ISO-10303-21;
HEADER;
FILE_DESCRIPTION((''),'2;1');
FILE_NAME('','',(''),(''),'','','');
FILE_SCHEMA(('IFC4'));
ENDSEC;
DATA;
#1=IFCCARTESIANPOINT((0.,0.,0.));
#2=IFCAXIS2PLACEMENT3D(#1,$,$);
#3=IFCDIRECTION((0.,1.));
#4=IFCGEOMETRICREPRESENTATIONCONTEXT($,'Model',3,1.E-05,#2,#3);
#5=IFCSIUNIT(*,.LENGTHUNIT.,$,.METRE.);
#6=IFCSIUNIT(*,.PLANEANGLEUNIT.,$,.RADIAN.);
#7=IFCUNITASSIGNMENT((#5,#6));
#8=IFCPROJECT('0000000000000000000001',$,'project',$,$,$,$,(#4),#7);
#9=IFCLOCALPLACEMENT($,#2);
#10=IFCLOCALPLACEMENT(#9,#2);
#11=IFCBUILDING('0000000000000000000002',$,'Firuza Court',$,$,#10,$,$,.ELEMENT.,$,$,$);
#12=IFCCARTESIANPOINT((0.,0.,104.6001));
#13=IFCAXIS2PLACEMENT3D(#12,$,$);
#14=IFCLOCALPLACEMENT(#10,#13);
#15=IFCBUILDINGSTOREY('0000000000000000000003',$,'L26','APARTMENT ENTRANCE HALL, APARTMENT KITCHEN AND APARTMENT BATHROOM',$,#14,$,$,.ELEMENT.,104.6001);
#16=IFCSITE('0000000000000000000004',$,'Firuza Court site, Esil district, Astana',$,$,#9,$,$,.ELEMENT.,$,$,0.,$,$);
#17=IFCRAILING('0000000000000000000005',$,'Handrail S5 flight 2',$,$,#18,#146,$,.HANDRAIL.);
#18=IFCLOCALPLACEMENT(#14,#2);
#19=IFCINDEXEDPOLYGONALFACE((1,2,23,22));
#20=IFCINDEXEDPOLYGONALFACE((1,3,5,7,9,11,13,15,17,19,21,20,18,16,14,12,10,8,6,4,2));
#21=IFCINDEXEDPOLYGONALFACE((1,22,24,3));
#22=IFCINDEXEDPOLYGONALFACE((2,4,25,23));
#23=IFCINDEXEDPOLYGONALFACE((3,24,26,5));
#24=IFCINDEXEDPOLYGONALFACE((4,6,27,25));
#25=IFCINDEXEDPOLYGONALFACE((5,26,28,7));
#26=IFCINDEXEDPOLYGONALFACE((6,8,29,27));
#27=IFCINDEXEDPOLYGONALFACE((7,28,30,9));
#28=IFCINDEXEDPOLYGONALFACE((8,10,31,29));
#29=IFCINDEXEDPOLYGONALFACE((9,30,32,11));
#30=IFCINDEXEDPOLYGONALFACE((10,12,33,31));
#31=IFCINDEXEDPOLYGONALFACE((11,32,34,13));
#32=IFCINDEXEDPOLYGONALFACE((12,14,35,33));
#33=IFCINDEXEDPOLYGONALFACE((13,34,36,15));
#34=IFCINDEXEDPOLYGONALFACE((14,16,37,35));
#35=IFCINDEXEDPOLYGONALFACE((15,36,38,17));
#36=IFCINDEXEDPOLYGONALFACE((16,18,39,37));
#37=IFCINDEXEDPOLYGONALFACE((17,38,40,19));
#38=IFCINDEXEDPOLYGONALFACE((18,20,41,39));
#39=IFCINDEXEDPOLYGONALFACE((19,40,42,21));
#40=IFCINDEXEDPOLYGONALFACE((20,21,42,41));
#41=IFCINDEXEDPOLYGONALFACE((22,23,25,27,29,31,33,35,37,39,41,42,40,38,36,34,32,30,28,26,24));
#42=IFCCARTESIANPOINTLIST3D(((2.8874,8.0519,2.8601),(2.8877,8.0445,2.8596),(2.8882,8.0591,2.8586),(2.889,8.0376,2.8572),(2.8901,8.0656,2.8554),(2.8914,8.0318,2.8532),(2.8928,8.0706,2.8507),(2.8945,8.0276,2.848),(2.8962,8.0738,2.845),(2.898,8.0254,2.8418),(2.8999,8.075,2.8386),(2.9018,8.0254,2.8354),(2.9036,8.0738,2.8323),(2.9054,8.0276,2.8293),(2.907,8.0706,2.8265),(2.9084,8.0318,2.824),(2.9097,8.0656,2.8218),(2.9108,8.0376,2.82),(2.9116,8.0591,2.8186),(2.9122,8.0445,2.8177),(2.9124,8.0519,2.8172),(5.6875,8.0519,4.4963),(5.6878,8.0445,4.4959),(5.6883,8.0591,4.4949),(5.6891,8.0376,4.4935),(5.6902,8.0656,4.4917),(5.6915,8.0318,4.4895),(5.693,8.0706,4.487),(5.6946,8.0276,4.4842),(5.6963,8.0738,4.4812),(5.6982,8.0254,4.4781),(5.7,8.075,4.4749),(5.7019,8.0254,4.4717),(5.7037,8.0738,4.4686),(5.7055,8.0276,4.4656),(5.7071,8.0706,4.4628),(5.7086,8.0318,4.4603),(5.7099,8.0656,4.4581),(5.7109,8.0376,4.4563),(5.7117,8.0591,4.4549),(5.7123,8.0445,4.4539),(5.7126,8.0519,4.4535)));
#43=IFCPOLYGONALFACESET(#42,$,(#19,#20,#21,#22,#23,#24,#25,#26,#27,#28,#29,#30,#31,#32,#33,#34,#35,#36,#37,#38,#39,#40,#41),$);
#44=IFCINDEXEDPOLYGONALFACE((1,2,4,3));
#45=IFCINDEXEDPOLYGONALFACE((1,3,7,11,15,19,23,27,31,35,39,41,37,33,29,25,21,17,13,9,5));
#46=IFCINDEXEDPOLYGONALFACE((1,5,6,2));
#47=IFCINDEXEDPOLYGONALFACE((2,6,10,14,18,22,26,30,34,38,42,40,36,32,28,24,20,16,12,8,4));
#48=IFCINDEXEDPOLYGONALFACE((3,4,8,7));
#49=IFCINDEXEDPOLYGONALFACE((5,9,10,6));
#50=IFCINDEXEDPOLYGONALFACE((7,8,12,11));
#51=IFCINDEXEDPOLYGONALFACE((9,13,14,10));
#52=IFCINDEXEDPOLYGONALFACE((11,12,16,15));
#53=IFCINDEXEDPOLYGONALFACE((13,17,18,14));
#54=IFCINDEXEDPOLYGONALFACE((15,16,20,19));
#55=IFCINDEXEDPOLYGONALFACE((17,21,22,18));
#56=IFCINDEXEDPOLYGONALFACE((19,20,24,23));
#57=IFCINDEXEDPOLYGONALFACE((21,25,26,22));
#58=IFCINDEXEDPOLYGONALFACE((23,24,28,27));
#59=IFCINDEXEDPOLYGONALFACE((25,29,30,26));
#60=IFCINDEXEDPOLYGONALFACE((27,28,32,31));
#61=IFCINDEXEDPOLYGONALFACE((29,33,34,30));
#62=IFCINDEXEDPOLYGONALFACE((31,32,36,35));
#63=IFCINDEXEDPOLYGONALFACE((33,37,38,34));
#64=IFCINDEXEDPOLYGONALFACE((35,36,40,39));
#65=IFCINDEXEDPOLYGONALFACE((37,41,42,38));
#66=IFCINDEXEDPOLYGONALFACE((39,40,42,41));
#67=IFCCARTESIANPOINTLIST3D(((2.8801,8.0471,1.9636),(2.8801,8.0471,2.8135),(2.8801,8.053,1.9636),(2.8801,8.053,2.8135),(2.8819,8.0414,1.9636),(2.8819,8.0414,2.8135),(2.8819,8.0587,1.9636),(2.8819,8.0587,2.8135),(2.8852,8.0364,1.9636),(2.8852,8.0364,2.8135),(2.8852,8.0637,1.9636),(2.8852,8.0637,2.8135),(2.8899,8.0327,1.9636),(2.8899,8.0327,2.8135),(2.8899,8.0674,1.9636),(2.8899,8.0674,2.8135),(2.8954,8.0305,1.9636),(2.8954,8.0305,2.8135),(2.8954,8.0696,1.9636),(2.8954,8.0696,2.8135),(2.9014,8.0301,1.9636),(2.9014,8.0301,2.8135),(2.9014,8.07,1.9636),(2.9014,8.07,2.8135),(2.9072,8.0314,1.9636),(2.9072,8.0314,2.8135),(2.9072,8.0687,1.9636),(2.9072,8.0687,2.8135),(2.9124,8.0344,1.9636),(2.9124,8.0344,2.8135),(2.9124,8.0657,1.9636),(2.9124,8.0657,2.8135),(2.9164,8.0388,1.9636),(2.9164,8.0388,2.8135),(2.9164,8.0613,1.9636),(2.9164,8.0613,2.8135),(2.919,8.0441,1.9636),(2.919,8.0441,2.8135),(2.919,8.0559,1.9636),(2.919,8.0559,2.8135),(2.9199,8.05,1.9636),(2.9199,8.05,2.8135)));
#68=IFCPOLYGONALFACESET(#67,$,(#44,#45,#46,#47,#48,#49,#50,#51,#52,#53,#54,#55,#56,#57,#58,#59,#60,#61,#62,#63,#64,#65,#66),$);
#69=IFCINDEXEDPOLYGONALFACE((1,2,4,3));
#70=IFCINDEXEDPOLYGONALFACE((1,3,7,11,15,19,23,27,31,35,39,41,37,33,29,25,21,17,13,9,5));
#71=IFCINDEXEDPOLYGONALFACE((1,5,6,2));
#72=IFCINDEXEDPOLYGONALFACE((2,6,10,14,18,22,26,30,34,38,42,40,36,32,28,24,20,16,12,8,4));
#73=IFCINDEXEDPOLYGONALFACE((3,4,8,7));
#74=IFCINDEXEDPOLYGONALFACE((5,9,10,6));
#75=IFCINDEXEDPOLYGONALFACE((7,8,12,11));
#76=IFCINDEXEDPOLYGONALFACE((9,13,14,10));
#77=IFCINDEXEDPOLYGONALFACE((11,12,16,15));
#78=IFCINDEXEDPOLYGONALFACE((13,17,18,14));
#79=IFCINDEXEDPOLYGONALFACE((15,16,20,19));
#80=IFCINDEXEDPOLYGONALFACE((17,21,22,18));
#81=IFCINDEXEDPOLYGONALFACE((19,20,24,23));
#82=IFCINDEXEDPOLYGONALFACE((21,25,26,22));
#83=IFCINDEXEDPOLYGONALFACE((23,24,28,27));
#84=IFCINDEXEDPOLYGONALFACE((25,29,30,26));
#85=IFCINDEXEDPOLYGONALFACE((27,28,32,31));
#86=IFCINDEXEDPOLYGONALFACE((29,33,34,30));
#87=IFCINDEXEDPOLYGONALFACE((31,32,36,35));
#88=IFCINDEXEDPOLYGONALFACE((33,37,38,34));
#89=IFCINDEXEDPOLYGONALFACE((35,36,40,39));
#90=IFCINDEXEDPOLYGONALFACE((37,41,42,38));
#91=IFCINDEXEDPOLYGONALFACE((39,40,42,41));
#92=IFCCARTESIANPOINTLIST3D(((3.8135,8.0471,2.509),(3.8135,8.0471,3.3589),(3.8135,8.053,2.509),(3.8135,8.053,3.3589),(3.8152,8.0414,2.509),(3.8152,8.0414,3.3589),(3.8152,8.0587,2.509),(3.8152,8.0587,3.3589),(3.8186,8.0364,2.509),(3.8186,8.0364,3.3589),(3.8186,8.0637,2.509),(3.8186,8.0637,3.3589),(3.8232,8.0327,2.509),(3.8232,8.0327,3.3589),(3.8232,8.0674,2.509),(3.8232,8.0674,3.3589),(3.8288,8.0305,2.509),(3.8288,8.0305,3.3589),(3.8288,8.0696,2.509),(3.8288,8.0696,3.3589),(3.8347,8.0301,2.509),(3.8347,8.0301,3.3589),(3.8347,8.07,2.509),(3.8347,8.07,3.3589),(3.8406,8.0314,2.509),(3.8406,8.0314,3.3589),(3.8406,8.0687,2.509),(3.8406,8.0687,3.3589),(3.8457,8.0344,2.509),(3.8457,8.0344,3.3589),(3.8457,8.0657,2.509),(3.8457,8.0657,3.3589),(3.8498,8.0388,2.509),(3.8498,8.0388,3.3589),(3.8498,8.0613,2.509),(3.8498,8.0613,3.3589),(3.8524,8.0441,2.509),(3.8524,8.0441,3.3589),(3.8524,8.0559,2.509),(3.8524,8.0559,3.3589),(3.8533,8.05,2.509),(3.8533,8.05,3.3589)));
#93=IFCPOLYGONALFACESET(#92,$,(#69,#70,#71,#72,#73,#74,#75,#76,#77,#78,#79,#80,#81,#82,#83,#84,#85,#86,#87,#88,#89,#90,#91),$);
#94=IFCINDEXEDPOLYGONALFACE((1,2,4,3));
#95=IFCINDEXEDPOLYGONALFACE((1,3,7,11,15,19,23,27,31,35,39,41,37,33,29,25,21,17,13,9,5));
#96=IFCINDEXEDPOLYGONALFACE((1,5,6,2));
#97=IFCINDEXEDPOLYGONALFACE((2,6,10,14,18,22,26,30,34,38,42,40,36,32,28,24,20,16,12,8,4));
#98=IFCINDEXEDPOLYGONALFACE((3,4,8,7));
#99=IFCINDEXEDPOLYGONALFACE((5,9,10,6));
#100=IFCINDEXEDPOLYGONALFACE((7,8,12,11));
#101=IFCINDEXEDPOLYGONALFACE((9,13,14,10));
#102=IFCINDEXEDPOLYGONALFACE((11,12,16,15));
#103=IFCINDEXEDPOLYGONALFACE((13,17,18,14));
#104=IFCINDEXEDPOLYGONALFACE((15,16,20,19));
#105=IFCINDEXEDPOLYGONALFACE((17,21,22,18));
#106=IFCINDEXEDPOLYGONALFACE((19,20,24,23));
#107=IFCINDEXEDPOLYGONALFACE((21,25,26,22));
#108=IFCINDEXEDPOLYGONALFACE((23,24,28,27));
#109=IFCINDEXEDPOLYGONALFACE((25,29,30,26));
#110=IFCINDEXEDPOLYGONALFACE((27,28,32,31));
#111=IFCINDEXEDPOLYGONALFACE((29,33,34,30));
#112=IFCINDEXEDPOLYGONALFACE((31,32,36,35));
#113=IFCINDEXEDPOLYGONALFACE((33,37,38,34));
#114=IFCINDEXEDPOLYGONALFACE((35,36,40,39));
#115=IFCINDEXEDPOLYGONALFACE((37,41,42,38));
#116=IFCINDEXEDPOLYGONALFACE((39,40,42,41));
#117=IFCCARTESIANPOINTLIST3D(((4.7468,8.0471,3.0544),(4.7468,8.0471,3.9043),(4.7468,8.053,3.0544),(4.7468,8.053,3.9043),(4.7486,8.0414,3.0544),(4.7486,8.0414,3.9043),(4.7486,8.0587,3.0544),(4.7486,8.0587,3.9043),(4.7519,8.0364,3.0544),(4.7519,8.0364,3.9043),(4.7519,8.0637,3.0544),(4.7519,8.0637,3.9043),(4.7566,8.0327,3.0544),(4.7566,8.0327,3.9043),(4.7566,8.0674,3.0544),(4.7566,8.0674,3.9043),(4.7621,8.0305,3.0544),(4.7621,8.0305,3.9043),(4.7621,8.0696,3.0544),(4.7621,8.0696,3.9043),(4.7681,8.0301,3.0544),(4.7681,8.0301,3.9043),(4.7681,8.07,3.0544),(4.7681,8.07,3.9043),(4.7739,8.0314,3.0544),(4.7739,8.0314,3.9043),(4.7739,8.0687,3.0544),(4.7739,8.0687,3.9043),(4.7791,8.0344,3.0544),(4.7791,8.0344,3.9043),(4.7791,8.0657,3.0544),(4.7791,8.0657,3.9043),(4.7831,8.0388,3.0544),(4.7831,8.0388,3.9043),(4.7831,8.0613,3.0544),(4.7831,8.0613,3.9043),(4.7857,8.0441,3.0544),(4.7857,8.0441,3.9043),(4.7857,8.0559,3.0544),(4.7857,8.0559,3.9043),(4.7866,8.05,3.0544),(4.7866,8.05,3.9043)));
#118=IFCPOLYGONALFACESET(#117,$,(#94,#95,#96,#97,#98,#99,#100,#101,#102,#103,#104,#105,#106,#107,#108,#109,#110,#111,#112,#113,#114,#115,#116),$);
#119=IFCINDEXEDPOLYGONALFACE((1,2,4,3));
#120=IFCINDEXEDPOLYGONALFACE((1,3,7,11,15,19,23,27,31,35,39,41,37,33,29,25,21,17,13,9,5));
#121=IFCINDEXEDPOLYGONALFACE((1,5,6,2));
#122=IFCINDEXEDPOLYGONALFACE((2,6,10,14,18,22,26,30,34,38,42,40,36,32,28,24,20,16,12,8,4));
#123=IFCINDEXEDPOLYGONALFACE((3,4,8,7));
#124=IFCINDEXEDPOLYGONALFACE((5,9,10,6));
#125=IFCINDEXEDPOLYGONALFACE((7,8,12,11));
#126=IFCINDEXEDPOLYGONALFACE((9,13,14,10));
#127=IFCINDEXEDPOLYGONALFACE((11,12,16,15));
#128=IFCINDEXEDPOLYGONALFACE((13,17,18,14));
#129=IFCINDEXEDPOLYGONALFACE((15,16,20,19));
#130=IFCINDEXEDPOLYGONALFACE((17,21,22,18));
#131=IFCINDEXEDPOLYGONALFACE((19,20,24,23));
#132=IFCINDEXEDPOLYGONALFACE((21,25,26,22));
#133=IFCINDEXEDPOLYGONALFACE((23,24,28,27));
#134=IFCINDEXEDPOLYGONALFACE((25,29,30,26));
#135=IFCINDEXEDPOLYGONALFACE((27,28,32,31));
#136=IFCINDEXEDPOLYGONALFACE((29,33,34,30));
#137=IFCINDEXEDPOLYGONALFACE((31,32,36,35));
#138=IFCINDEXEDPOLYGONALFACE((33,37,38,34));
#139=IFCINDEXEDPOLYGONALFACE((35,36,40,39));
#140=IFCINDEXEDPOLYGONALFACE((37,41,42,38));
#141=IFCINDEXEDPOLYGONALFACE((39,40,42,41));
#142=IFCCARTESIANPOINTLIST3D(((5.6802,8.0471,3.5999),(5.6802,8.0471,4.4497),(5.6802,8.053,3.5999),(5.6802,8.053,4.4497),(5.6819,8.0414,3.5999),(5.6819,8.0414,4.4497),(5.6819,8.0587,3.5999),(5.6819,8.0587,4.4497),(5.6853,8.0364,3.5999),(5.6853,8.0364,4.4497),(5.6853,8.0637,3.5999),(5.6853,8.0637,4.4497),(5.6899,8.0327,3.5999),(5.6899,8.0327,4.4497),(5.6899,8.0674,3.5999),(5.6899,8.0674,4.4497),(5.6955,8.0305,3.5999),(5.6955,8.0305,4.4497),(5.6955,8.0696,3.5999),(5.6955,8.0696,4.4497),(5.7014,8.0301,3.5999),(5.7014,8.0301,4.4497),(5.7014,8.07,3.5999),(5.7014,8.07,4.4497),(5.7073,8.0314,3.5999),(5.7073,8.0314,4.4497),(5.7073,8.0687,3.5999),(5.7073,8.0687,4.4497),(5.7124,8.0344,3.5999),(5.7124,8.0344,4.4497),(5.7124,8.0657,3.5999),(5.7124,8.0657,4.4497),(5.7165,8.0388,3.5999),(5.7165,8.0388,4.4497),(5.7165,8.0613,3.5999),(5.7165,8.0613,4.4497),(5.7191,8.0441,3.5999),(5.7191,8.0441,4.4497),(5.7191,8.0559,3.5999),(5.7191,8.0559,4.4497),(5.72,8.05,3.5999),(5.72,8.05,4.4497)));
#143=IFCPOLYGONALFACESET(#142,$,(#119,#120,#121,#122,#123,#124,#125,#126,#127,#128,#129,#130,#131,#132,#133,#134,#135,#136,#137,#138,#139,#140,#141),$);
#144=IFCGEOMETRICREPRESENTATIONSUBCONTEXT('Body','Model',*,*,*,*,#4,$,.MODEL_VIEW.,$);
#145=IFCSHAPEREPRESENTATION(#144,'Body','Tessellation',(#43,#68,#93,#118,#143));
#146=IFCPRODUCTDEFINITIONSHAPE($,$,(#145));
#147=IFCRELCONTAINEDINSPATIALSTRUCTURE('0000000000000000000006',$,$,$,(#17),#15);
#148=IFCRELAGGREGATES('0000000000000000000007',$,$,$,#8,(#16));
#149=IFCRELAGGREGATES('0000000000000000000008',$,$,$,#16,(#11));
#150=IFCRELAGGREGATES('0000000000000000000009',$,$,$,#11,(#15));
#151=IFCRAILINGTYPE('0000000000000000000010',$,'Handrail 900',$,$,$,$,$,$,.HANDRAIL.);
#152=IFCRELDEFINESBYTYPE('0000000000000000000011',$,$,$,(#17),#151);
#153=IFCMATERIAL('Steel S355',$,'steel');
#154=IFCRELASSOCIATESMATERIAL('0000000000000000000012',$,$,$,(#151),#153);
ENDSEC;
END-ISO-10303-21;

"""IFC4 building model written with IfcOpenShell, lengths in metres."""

from ifc_helpers import new_model, si_unit, direction, frame, origin, origin_2d, place, context, subcontext, project, spatial, circle, extrude, material, type_object, element, save


model = new_model("IFC4")

# Units and contexts
model_context = context("Model", 3, precision=1e-05, world=origin(), true_north=direction((0.0, 1.0)))
body_context = subcontext(model_context, "Body", "Model", "MODEL_VIEW")
ifc_project = project(units=[si_unit("LENGTHUNIT", "METRE"), si_unit("PLANEANGLEUNIT", "RADIAN")], contexts=[model_context])

# Site, building, storey
site_placement = place(None, origin())
site = spatial("IfcSite", under=ifc_project, at=site_placement, Name="Firuza Court site, Esil district, Astana", CompositionType="ELEMENT", RefElevation=0.0)
building_placement = place(site_placement, origin())
building = spatial("IfcBuilding", under=site, at=building_placement, Name="Firuza Court", CompositionType="ELEMENT")
storey_placement = place(building_placement, frame((0.0, 0.0, 104.6001)))
storey = spatial("IfcBuildingStorey", under=building, at=storey_placement, Name="L26", Description="APARTMENT ENTRANCE HALL, APARTMENT KITCHEN AND APARTMENT BATHROOM", CompositionType="ELEMENT", Elevation=104.6001)

# Railing
ifc_material_1 = material(Name="Steel S355", Category="steel")
railing_type_1 = type_object("IfcRailingType", Name="Handrail 900", PredefinedType="HANDRAIL", material=ifc_material_1)
railing_1_placement = place(storey_placement, frame((2.8999, 8.05, 1.9636)))
element("IfcRailing", 1, at=railing_1_placement, inside=storey, type_object=railing_type_1, Name="Handrail S5 flight 2", PredefinedType="HANDRAIL", context=body_context, shape_type="SweptSolid", body=[
    extrude(circle(Radius=0.0249, at=origin_2d()), frame((0.0, 0.0, 0.875), z_axis=(0.863394, 0.0, 0.504531), x_axis=(0.0, 1.0, 0.0)), (0.0, 0.0, 1.0), 3.2432),
    extrude(circle(Radius=0.02, at=origin_2d()), origin(), (0.0, 0.0, 1.0), 0.8499),
    extrude(circle(Radius=0.02, at=origin_2d()), frame((0.9333, 0.0, 0.5454)), (0.0, 0.0, 1.0), 0.8499),
    extrude(circle(Radius=0.02, at=origin_2d()), frame((1.8667, 0.0, 1.0908)), (0.0, 0.0, 1.0), 0.8499),
    extrude(circle(Radius=0.02, at=origin_2d()), frame((2.8, 0.0, 1.6362)), (0.0, 0.0, 1.0), 0.8499),
])

save(model, "model.ifc")
